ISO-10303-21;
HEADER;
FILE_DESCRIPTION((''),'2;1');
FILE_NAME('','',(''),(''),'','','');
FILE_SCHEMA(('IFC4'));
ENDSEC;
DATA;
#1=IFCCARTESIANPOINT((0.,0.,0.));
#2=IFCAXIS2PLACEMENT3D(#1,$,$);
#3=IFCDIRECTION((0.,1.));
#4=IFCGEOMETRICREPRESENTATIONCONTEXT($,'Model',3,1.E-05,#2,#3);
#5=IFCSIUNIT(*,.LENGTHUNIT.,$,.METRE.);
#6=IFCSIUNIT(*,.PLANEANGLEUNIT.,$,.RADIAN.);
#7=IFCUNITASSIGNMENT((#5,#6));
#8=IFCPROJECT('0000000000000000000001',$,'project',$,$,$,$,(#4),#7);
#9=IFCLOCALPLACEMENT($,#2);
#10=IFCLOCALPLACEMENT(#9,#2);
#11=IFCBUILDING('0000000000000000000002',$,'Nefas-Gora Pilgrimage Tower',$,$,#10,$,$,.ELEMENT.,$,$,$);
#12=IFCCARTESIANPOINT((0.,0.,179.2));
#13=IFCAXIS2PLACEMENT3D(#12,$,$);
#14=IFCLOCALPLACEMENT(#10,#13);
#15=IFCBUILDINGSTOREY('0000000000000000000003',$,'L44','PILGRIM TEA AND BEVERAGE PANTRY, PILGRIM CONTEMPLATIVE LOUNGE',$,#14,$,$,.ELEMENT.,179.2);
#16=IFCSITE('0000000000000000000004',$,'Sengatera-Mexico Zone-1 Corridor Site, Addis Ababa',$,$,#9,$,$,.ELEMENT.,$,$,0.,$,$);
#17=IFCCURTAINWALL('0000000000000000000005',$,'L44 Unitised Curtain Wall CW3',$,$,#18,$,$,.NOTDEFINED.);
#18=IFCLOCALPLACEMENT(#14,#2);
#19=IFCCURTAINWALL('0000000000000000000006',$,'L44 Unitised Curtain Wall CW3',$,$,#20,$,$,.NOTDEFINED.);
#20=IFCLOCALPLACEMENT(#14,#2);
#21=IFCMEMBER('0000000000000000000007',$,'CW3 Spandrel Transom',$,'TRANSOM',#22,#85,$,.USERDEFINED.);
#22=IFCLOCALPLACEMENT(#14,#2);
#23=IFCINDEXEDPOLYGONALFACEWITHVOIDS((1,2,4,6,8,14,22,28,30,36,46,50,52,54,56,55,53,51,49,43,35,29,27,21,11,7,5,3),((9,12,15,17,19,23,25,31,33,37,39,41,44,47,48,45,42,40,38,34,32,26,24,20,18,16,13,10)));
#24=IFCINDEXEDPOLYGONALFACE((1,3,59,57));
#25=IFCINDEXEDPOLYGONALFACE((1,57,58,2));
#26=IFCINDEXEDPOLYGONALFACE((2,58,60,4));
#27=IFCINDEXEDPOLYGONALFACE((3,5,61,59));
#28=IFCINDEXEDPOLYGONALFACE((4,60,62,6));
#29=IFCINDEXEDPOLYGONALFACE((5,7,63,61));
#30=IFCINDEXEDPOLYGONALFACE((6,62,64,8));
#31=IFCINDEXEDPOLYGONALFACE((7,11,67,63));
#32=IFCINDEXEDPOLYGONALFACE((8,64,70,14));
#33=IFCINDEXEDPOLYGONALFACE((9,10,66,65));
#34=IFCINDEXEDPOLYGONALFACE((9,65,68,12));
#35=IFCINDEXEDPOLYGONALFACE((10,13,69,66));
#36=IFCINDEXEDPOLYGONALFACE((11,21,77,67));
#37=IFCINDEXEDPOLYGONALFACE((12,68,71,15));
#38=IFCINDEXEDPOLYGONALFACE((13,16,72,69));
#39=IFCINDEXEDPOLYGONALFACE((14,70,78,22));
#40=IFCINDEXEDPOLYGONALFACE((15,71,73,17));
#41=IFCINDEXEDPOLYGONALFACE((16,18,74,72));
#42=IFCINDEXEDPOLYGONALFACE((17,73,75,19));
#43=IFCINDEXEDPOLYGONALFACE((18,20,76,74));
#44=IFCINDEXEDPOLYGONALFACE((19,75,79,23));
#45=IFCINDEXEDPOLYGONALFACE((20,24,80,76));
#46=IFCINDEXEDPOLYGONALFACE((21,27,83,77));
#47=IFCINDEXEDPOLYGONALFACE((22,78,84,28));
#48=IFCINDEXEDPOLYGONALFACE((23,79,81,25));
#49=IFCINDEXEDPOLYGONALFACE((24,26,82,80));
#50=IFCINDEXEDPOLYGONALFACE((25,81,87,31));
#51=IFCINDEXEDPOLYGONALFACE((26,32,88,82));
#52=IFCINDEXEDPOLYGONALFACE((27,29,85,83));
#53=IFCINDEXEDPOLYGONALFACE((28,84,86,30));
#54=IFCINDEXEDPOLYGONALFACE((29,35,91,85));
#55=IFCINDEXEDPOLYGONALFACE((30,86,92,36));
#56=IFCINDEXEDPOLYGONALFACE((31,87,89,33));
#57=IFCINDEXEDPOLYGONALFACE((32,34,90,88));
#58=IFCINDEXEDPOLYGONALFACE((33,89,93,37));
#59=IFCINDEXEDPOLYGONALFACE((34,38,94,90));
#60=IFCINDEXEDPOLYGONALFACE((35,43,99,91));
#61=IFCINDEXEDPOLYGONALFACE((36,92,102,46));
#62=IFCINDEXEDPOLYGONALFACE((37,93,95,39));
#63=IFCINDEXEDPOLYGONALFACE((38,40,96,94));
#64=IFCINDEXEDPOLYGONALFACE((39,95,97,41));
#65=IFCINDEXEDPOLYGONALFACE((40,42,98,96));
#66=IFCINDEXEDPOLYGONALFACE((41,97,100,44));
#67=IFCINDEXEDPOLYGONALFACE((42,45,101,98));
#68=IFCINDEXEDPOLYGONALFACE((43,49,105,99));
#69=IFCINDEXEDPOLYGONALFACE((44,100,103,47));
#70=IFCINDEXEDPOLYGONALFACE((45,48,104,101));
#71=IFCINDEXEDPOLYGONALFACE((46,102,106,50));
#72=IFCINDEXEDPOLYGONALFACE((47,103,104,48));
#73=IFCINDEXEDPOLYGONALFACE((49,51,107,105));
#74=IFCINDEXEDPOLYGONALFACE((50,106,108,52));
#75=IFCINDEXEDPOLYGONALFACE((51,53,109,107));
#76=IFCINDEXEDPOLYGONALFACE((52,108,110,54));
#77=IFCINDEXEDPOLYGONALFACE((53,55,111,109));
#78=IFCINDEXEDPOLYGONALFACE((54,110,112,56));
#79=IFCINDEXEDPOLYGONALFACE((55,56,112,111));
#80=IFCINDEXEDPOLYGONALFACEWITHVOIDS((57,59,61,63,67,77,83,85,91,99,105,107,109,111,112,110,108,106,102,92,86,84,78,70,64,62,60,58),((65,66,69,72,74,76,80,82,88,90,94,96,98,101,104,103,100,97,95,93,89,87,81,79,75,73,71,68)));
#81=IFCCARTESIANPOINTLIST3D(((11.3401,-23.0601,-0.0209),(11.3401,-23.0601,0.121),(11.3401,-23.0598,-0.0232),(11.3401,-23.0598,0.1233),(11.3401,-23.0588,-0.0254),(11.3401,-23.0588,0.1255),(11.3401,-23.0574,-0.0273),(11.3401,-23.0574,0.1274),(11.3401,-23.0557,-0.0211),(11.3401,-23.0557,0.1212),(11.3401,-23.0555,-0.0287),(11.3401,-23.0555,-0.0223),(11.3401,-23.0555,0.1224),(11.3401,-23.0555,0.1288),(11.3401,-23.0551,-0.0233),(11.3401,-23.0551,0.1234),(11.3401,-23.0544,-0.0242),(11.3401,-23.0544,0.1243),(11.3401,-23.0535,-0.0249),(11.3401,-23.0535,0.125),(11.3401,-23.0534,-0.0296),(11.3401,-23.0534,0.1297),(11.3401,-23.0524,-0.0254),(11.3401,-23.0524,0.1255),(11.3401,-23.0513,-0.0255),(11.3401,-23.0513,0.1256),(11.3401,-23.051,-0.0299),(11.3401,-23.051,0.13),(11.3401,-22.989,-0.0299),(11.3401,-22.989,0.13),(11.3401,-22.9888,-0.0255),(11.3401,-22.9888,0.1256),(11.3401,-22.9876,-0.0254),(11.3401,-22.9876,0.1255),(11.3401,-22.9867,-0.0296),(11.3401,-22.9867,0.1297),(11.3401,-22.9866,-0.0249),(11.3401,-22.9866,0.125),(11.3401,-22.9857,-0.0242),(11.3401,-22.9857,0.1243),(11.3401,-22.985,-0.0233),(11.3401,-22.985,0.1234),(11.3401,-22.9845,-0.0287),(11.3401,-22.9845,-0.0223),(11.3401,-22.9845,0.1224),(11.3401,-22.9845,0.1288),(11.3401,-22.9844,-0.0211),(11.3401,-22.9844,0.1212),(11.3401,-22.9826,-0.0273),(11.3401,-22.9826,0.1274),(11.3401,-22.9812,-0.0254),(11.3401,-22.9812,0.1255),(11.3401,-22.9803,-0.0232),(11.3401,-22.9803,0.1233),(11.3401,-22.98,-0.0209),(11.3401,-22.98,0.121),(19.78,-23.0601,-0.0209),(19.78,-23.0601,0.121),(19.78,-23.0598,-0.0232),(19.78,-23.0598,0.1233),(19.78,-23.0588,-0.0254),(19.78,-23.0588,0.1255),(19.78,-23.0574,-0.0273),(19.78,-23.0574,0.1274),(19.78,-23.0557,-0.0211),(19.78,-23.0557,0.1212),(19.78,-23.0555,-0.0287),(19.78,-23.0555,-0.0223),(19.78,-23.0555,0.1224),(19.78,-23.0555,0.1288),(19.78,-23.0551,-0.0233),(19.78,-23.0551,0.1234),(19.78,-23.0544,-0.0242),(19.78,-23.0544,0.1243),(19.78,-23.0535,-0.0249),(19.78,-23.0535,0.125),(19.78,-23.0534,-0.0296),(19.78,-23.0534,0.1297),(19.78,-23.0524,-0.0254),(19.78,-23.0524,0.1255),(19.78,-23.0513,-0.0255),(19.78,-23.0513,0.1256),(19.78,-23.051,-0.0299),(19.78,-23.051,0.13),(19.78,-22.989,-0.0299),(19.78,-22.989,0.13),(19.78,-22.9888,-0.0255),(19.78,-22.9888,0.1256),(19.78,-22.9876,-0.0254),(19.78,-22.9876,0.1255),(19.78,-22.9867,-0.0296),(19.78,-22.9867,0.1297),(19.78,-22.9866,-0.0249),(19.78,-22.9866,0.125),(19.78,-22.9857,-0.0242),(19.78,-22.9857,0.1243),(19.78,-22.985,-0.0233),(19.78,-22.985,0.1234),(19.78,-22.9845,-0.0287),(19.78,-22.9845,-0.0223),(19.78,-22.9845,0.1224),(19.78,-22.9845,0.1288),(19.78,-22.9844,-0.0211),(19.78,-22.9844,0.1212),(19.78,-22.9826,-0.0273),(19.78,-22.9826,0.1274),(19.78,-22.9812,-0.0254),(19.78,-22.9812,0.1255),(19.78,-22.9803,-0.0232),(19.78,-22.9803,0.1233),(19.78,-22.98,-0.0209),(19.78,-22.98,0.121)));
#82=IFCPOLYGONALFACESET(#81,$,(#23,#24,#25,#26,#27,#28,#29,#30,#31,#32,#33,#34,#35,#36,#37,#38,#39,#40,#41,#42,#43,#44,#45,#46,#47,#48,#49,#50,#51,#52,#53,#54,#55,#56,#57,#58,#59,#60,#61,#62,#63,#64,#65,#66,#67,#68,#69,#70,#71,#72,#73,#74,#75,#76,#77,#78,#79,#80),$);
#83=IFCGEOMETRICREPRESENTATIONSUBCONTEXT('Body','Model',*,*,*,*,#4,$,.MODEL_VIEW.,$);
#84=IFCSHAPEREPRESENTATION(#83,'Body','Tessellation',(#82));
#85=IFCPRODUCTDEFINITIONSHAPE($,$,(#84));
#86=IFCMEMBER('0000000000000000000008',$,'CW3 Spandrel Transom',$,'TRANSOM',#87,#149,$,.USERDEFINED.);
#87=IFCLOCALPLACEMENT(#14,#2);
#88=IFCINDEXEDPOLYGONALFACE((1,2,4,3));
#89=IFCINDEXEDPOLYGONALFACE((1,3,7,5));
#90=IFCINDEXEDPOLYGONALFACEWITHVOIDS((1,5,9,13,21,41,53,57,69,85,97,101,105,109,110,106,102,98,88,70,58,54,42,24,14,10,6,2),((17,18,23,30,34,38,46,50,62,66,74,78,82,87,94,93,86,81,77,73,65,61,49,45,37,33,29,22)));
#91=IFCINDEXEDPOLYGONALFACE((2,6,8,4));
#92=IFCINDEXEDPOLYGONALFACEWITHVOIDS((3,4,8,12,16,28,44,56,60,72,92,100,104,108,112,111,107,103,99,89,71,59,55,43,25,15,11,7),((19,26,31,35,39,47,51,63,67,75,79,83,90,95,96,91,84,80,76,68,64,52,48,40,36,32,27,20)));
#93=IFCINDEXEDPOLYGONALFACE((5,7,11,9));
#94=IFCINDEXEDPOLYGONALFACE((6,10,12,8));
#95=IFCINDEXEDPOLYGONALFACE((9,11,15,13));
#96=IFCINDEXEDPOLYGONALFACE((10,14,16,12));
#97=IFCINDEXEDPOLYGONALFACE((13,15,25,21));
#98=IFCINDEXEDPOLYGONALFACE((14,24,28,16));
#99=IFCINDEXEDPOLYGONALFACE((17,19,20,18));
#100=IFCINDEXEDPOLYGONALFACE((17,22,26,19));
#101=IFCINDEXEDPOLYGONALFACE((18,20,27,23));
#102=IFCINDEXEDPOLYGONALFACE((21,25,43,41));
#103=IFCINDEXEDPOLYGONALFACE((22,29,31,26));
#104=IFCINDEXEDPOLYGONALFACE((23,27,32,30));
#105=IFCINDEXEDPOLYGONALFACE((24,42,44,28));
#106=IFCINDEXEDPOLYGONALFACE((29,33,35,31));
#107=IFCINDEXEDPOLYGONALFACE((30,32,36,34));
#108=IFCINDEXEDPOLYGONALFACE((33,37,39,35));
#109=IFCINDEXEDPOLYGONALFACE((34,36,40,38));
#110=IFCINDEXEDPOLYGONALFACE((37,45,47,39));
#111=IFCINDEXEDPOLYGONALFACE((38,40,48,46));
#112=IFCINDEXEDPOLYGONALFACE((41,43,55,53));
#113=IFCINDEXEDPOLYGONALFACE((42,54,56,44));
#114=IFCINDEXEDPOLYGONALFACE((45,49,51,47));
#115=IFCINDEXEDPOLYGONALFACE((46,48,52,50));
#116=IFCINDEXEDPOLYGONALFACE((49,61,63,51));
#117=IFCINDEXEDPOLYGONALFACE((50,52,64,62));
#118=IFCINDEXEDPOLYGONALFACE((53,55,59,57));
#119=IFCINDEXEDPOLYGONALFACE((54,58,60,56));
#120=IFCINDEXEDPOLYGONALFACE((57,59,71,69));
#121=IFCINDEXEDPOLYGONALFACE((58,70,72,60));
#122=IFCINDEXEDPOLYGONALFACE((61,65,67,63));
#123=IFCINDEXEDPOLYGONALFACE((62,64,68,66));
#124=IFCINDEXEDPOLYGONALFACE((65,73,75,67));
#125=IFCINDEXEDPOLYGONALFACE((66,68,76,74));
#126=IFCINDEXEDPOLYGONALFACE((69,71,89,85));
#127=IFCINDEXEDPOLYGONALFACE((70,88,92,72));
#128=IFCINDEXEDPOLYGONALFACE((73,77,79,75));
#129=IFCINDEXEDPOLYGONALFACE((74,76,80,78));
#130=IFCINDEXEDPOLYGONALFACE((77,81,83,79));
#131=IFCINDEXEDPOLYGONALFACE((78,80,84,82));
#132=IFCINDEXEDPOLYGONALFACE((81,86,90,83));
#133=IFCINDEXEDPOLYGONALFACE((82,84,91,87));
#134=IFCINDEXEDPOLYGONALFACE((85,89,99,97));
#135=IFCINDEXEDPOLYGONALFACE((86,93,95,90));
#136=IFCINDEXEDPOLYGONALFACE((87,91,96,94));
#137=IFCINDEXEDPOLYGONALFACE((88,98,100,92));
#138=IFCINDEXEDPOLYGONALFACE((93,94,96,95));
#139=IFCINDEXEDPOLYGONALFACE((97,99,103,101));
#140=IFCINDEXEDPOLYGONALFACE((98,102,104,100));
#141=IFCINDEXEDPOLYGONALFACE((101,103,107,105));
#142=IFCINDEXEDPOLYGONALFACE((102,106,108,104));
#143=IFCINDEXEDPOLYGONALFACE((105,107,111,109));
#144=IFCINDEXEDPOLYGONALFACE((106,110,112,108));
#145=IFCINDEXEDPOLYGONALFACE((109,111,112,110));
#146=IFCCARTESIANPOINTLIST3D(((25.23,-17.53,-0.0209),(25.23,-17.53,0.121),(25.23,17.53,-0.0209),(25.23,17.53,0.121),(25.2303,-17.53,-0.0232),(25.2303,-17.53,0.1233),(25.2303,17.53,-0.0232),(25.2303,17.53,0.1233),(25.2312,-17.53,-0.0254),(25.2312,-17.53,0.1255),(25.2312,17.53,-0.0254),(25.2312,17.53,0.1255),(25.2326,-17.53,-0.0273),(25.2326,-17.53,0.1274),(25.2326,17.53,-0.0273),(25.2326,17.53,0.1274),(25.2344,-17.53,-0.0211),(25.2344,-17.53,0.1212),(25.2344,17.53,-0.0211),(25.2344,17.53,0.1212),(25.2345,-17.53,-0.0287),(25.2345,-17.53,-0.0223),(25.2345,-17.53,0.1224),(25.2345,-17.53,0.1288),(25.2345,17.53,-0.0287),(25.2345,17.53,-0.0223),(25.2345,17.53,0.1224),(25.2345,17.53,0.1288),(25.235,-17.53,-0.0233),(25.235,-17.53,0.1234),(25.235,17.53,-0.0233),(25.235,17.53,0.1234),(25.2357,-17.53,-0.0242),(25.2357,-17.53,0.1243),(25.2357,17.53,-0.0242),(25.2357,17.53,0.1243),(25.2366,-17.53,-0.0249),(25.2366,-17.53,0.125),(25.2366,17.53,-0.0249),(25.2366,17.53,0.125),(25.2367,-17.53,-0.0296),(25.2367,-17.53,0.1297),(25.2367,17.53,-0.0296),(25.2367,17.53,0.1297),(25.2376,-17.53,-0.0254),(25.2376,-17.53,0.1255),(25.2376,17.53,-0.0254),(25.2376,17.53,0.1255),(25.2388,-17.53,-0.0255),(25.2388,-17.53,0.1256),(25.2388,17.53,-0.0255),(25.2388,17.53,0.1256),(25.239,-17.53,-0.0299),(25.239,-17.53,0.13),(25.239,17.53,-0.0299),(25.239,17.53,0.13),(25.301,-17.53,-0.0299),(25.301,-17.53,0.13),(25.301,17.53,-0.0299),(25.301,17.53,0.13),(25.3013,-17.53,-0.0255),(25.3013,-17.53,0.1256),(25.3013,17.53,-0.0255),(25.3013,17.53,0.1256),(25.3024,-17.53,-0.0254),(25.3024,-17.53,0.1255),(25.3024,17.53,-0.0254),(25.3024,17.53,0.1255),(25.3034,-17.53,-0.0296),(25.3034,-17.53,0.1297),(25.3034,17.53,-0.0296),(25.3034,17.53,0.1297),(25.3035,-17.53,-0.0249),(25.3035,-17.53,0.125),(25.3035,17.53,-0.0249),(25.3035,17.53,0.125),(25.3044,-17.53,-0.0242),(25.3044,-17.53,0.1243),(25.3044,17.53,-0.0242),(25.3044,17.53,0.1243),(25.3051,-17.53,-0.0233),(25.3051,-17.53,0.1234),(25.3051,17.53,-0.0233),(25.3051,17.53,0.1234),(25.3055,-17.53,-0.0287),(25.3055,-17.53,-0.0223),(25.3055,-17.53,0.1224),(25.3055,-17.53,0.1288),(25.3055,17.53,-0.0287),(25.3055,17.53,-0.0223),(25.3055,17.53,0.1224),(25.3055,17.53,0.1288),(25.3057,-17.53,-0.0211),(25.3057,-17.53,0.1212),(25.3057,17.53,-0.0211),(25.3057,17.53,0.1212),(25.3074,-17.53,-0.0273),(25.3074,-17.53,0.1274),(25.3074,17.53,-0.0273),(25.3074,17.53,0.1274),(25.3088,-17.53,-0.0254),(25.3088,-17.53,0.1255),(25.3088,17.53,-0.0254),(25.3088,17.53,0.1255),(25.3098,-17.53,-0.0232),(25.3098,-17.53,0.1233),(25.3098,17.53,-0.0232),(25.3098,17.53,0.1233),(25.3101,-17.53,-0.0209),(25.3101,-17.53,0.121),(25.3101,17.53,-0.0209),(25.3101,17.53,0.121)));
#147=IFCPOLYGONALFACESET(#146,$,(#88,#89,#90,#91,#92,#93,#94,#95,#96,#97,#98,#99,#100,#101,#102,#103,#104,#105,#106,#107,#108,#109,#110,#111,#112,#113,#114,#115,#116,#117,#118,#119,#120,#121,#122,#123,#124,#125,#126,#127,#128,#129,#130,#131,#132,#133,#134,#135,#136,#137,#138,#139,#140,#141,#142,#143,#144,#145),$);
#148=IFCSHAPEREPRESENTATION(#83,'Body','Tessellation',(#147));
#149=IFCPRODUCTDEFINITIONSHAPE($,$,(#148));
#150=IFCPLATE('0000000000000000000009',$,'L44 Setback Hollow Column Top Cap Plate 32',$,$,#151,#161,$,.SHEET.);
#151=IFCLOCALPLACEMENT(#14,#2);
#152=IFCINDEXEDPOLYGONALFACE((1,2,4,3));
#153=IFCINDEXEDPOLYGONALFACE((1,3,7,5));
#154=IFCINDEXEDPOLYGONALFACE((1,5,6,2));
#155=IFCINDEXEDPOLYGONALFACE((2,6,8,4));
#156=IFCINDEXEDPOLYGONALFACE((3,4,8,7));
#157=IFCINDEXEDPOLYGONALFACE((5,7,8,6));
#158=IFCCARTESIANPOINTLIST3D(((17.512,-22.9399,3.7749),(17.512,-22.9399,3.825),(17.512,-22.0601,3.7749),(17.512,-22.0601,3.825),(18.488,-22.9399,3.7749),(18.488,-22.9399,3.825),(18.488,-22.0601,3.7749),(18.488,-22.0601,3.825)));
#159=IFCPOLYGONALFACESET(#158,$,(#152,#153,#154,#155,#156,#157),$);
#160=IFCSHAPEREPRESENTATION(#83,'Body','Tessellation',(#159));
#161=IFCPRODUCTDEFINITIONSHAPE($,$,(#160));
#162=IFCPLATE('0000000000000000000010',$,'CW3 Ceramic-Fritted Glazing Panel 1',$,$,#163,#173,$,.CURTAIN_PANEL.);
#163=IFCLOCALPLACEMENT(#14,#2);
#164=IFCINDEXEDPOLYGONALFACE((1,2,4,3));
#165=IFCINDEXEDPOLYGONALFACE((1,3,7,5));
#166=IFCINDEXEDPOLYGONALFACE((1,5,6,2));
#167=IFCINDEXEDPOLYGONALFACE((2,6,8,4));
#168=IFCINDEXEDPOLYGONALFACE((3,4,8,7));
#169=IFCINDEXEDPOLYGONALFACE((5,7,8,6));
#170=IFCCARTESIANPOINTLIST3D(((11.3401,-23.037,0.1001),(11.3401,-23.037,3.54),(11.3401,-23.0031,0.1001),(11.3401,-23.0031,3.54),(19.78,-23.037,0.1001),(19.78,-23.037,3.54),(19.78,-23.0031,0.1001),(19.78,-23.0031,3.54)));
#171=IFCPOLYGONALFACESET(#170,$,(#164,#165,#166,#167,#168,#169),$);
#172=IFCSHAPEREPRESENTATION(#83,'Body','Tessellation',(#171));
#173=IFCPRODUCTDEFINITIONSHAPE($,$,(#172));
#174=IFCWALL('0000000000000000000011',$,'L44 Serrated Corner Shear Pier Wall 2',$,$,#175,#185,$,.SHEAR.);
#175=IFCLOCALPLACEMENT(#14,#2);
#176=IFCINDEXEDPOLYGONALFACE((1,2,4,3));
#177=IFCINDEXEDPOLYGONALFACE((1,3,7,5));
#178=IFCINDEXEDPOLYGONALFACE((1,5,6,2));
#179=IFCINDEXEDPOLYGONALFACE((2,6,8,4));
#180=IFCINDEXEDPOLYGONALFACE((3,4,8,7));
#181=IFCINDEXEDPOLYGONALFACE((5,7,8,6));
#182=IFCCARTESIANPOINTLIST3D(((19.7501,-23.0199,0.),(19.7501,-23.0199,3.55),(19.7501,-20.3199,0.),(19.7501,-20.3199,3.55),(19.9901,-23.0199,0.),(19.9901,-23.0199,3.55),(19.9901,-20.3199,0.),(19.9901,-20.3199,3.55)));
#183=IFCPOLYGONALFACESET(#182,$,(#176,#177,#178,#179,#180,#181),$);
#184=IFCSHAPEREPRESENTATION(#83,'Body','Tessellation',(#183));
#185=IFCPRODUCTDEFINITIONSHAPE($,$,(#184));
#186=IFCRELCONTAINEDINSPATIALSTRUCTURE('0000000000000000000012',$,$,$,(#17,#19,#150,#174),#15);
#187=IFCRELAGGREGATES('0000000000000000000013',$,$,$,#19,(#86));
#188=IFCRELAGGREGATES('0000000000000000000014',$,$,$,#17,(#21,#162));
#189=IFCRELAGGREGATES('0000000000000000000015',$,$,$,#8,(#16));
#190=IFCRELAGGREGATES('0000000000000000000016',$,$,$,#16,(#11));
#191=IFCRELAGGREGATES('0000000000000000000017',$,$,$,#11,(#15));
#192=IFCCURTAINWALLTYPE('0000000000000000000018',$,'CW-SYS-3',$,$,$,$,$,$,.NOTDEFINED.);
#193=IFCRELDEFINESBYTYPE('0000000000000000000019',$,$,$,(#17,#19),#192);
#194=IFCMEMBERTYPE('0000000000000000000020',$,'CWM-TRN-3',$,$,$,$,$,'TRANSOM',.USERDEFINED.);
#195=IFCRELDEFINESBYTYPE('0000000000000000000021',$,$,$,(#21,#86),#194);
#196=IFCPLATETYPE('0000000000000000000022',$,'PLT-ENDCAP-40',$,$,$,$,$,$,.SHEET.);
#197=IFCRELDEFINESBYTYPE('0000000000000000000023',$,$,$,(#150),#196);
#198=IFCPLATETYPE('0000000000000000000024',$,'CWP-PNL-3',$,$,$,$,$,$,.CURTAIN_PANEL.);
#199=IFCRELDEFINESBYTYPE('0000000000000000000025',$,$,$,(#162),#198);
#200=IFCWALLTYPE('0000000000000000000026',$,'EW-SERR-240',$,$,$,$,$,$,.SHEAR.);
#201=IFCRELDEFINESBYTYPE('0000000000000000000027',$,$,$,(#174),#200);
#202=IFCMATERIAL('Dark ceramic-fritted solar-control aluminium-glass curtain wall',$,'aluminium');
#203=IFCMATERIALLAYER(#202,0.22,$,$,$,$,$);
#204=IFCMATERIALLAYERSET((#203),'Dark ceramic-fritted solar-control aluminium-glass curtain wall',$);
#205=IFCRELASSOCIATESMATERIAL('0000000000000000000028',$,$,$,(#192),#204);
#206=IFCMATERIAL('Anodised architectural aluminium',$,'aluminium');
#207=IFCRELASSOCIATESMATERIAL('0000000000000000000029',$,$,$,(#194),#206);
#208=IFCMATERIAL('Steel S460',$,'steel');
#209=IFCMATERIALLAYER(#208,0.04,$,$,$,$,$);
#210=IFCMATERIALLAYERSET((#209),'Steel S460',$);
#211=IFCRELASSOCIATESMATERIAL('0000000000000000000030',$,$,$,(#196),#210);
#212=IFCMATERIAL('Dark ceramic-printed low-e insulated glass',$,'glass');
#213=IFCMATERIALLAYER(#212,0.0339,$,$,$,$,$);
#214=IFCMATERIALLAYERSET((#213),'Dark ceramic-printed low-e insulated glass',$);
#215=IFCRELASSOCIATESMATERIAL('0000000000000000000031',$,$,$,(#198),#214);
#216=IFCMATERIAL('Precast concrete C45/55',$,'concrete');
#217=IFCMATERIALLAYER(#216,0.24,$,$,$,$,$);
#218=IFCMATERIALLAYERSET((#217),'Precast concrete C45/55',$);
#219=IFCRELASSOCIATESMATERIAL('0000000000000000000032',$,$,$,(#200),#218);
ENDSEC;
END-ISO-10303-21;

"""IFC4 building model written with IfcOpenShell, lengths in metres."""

from ifc_helpers import new_model, si_unit, direction, frame, frame_2d, origin, origin_2d, place, context, subcontext, project, spatial, rectangle, hollow_rectangle, extrude, source, transform, mapped, material, layer, layer_set, material_profile, profile_set, type_object, element, aggregate, save


model = new_model("IFC4")

# Units and contexts
model_context = context("Model", 3, precision=1e-05, world=origin(), true_north=direction((0.0, 1.0)))
body_context = subcontext(model_context, "Body", "Model", "MODEL_VIEW")
ifc_project = project(units=[si_unit("LENGTHUNIT", "METRE"), si_unit("PLANEANGLEUNIT", "RADIAN")], contexts=[model_context])

# Site, building, storey
site_placement = place(None, origin())
site = spatial("IfcSite", under=ifc_project, at=site_placement, Name="Sengatera-Mexico Zone-1 Corridor Site, Addis Ababa", CompositionType="ELEMENT", RefElevation=0.0)
building_placement = place(site_placement, origin())
building = spatial("IfcBuilding", under=site, at=building_placement, Name="Nefas-Gora Pilgrimage Tower", CompositionType="ELEMENT")
storey_placement = place(building_placement, frame((0.0, 0.0, 179.2)))
storey = spatial("IfcBuildingStorey", under=building, at=storey_placement, Name="L44", Description="PILGRIM TEA AND BEVERAGE PANTRY, PILGRIM CONTEMPLATIVE LOUNGE", CompositionType="ELEMENT", Elevation=179.2)

# Shared definitions
ifc_material_1 = material(Name="Steel S460", Category="steel")

# Curtain wall
ifc_material_2 = material(Name="Dark ceramic-fritted solar-control aluminium-glass curtain wall", Category="aluminium")
ifc_layer_1 = layer(ifc_material_2, 0.22)
ifc_layer_set_1 = layer_set([ifc_layer_1], Name="Dark ceramic-fritted solar-control aluminium-glass curtain wall")
curtain_wall_type = type_object("IfcCurtainWallType", Name="CW-SYS-3", PredefinedType="NOTDEFINED", material=ifc_layer_set_1)
curtain_wall_1_placement = place(storey_placement, origin())
curtain_wall_1 = element("IfcCurtainWall", 1, at=curtain_wall_1_placement, inside=storey, type_object=curtain_wall_type, Name="L44 Unitised Curtain Wall CW3", PredefinedType="NOTDEFINED")
ifc_material_3 = material(Name="Anodised architectural aluminium", Category="aluminium")

# Curtain wall
curtain_wall_2_placement = place(storey_placement, origin())
curtain_wall_2 = element("IfcCurtainWall", 2, at=curtain_wall_2_placement, inside=storey, type_object=curtain_wall_type, Name="L44 Unitised Curtain Wall CW3", PredefinedType="NOTDEFINED")

# Members
ifc_material_profile_1 = material_profile(ifc_material_3, hollow_rectangle(XDim=0.0801, YDim=0.1599, WallThickness=0.0044, InnerFilletRadius=0.0044, OuterFilletRadius=0.009, at=origin_2d()), Name="ALU TRANSOM 80x160")
ifc_profile_set_1 = profile_set([ifc_material_profile_1], Name="Anodised architectural aluminium")
member_type_1 = type_object("IfcMemberType", Name="CWM-TRN-3", ElementType="TRANSOM", PredefinedType="USERDEFINED", material=ifc_profile_set_1)
shared_shape_1 = source(origin(), body_context, "Body", "SweptSolid", [
    extrude(hollow_rectangle(XDim=0.0801, YDim=0.1599, WallThickness=0.0044, InnerFilletRadius=0.0044, OuterFilletRadius=0.009, at=origin_2d()), origin(), (0.0, 0.0, 1.0), 8.4399),
])
member_1_placement = place(storey_placement, frame((11.3401, -23.02, 0.05), z_axis=(1.0, 0.0, 0.0), x_axis=(0.0, 1.0, 0.0)))
member_1 = element("IfcMember", 3, at=member_1_placement, type_object=member_type_1, Name="CW3 Spandrel Transom", ObjectType="TRANSOM", PredefinedType="USERDEFINED", context=body_context, shape_type="MappedRepresentation", body=[
    mapped(shared_shape_1, transform((0.0, 0.0, 0.0), x_axis=(1.0, 0.0, 0.0), y_axis=(0.0, 1.0, 0.0), z_axis=(0.0, 0.0, 1.0), scale=1.0)),
])
shared_shape_2 = source(origin(), body_context, "Body", "SweptSolid", [
    extrude(hollow_rectangle(XDim=0.0801, YDim=0.1599, WallThickness=0.0044, InnerFilletRadius=0.0044, OuterFilletRadius=0.009, at=origin_2d()), origin(), (0.0, 0.0, 1.0), 35.0601),
])
member_2_placement = place(storey_placement, frame((25.27, -17.53, 0.05), z_axis=(0.0, 1.0, 0.0), x_axis=(-1.0, 0.0, 0.0)))
member_2 = element("IfcMember", 4, at=member_2_placement, type_object=member_type_1, Name="CW3 Spandrel Transom", ObjectType="TRANSOM", PredefinedType="USERDEFINED", context=body_context, shape_type="MappedRepresentation", body=[
    mapped(shared_shape_2, transform((0.0, 0.0, 0.0), x_axis=(1.0, 0.0, 0.0), y_axis=(0.0, 1.0, 0.0), z_axis=(0.0, 0.0, 1.0), scale=1.0)),
])
aggregate(curtain_wall_2, [member_2])

# Plates
ifc_layer_2 = layer(ifc_material_1, 0.04)
ifc_layer_set_2 = layer_set([ifc_layer_2], Name="Steel S460")
plate_type_1 = type_object("IfcPlateType", Name="PLT-ENDCAP-40", PredefinedType="SHEET", material=ifc_layer_set_2)
shared_shape_3 = source(origin(), body_context, "Body", "SweptSolid", [
    extrude(rectangle(XDim=0.9761, YDim=0.8799, at=origin_2d()), origin(), (0.0, 0.0, 1.0), 0.05),
])
plate_1_placement = place(storey_placement, frame((18.0, -22.5, 3.7749), z_axis=(0.0, 0.0, 1.0), x_axis=(1.0, 0.0, 0.0)))
element("IfcPlate", 5, at=plate_1_placement, inside=storey, type_object=plate_type_1, Name="L44 Setback Hollow Column Top Cap Plate 32", PredefinedType="SHEET", context=body_context, shape_type="MappedRepresentation", body=[
    mapped(shared_shape_3, transform((0.0, 0.0, 0.0), x_axis=(1.0, 0.0, 0.0), y_axis=(0.0, 1.0, 0.0), z_axis=(0.0, 0.0, 1.0), scale=1.0)),
])
ifc_material_4 = material(Name="Dark ceramic-printed low-e insulated glass", Category="glass")
ifc_layer_3 = layer(ifc_material_4, 0.0339)
ifc_layer_set_3 = layer_set([ifc_layer_3], Name="Dark ceramic-printed low-e insulated glass")
plate_type_2 = type_object("IfcPlateType", Name="CWP-PNL-3", PredefinedType="CURTAIN_PANEL", material=ifc_layer_set_3)
shared_shape_4 = source(origin(), body_context, "Body", "SweptSolid", [
    extrude(rectangle(XDim=8.4399, YDim=0.0339, at=origin_2d()), origin(), (0.0, 0.0, 1.0), 3.4399),
])
plate_2_placement = place(storey_placement, frame((15.5601, -23.02, 0.1001), z_axis=(0.0, 0.0, 1.0), x_axis=(1.0, 0.0, 0.0)))
plate_2 = element("IfcPlate", 6, at=plate_2_placement, type_object=plate_type_2, Name="CW3 Ceramic-Fritted Glazing Panel 1", PredefinedType="CURTAIN_PANEL", context=body_context, shape_type="MappedRepresentation", body=[
    mapped(shared_shape_4, transform((0.0, 0.0, 0.0), x_axis=(1.0, 0.0, 0.0), y_axis=(0.0, 1.0, 0.0), z_axis=(0.0, 0.0, 1.0), scale=1.0)),
])
aggregate(curtain_wall_1, [member_1, plate_2])

# Wall
ifc_material_5 = material(Name="Precast concrete C45/55", Category="concrete")
ifc_layer_4 = layer(ifc_material_5, 0.24)
ifc_layer_set_4 = layer_set([ifc_layer_4], Name="Precast concrete C45/55")
wall_type_1 = type_object("IfcWallType", Name="EW-SERR-240", PredefinedType="SHEAR", material=ifc_layer_set_4)
shared_shape_5 = source(origin(), body_context, "Body", "SweptSolid", [
    extrude(rectangle(XDim=2.7, YDim=0.24, at=frame_2d((1.3501, 0.0))), origin(), (0.0, 0.0, 1.0), 3.55),
])
for number, where, z_axis, x_axis, name in (
    (7, (19.8701, -23.02, 0.0), (0.0, 0.0, 1.0), (0.0, 1.0, 0.0), "L44 Serrated Corner Shear Pier Wall 2"),
):
    element("IfcWall", number, at=place(storey_placement, frame(where, z_axis=z_axis, x_axis=x_axis)), inside=storey, type_object=wall_type_1, Name=name, PredefinedType="SHEAR", context=body_context, shape_type="MappedRepresentation", body=[
        mapped(shared_shape_5, transform((0.0, 0.0, 0.0), x_axis=(1.0, 0.0, 0.0), y_axis=(0.0, 1.0, 0.0), z_axis=(0.0, 0.0, 1.0), scale=1.0)),
    ])

save(model, "model.ifc")
